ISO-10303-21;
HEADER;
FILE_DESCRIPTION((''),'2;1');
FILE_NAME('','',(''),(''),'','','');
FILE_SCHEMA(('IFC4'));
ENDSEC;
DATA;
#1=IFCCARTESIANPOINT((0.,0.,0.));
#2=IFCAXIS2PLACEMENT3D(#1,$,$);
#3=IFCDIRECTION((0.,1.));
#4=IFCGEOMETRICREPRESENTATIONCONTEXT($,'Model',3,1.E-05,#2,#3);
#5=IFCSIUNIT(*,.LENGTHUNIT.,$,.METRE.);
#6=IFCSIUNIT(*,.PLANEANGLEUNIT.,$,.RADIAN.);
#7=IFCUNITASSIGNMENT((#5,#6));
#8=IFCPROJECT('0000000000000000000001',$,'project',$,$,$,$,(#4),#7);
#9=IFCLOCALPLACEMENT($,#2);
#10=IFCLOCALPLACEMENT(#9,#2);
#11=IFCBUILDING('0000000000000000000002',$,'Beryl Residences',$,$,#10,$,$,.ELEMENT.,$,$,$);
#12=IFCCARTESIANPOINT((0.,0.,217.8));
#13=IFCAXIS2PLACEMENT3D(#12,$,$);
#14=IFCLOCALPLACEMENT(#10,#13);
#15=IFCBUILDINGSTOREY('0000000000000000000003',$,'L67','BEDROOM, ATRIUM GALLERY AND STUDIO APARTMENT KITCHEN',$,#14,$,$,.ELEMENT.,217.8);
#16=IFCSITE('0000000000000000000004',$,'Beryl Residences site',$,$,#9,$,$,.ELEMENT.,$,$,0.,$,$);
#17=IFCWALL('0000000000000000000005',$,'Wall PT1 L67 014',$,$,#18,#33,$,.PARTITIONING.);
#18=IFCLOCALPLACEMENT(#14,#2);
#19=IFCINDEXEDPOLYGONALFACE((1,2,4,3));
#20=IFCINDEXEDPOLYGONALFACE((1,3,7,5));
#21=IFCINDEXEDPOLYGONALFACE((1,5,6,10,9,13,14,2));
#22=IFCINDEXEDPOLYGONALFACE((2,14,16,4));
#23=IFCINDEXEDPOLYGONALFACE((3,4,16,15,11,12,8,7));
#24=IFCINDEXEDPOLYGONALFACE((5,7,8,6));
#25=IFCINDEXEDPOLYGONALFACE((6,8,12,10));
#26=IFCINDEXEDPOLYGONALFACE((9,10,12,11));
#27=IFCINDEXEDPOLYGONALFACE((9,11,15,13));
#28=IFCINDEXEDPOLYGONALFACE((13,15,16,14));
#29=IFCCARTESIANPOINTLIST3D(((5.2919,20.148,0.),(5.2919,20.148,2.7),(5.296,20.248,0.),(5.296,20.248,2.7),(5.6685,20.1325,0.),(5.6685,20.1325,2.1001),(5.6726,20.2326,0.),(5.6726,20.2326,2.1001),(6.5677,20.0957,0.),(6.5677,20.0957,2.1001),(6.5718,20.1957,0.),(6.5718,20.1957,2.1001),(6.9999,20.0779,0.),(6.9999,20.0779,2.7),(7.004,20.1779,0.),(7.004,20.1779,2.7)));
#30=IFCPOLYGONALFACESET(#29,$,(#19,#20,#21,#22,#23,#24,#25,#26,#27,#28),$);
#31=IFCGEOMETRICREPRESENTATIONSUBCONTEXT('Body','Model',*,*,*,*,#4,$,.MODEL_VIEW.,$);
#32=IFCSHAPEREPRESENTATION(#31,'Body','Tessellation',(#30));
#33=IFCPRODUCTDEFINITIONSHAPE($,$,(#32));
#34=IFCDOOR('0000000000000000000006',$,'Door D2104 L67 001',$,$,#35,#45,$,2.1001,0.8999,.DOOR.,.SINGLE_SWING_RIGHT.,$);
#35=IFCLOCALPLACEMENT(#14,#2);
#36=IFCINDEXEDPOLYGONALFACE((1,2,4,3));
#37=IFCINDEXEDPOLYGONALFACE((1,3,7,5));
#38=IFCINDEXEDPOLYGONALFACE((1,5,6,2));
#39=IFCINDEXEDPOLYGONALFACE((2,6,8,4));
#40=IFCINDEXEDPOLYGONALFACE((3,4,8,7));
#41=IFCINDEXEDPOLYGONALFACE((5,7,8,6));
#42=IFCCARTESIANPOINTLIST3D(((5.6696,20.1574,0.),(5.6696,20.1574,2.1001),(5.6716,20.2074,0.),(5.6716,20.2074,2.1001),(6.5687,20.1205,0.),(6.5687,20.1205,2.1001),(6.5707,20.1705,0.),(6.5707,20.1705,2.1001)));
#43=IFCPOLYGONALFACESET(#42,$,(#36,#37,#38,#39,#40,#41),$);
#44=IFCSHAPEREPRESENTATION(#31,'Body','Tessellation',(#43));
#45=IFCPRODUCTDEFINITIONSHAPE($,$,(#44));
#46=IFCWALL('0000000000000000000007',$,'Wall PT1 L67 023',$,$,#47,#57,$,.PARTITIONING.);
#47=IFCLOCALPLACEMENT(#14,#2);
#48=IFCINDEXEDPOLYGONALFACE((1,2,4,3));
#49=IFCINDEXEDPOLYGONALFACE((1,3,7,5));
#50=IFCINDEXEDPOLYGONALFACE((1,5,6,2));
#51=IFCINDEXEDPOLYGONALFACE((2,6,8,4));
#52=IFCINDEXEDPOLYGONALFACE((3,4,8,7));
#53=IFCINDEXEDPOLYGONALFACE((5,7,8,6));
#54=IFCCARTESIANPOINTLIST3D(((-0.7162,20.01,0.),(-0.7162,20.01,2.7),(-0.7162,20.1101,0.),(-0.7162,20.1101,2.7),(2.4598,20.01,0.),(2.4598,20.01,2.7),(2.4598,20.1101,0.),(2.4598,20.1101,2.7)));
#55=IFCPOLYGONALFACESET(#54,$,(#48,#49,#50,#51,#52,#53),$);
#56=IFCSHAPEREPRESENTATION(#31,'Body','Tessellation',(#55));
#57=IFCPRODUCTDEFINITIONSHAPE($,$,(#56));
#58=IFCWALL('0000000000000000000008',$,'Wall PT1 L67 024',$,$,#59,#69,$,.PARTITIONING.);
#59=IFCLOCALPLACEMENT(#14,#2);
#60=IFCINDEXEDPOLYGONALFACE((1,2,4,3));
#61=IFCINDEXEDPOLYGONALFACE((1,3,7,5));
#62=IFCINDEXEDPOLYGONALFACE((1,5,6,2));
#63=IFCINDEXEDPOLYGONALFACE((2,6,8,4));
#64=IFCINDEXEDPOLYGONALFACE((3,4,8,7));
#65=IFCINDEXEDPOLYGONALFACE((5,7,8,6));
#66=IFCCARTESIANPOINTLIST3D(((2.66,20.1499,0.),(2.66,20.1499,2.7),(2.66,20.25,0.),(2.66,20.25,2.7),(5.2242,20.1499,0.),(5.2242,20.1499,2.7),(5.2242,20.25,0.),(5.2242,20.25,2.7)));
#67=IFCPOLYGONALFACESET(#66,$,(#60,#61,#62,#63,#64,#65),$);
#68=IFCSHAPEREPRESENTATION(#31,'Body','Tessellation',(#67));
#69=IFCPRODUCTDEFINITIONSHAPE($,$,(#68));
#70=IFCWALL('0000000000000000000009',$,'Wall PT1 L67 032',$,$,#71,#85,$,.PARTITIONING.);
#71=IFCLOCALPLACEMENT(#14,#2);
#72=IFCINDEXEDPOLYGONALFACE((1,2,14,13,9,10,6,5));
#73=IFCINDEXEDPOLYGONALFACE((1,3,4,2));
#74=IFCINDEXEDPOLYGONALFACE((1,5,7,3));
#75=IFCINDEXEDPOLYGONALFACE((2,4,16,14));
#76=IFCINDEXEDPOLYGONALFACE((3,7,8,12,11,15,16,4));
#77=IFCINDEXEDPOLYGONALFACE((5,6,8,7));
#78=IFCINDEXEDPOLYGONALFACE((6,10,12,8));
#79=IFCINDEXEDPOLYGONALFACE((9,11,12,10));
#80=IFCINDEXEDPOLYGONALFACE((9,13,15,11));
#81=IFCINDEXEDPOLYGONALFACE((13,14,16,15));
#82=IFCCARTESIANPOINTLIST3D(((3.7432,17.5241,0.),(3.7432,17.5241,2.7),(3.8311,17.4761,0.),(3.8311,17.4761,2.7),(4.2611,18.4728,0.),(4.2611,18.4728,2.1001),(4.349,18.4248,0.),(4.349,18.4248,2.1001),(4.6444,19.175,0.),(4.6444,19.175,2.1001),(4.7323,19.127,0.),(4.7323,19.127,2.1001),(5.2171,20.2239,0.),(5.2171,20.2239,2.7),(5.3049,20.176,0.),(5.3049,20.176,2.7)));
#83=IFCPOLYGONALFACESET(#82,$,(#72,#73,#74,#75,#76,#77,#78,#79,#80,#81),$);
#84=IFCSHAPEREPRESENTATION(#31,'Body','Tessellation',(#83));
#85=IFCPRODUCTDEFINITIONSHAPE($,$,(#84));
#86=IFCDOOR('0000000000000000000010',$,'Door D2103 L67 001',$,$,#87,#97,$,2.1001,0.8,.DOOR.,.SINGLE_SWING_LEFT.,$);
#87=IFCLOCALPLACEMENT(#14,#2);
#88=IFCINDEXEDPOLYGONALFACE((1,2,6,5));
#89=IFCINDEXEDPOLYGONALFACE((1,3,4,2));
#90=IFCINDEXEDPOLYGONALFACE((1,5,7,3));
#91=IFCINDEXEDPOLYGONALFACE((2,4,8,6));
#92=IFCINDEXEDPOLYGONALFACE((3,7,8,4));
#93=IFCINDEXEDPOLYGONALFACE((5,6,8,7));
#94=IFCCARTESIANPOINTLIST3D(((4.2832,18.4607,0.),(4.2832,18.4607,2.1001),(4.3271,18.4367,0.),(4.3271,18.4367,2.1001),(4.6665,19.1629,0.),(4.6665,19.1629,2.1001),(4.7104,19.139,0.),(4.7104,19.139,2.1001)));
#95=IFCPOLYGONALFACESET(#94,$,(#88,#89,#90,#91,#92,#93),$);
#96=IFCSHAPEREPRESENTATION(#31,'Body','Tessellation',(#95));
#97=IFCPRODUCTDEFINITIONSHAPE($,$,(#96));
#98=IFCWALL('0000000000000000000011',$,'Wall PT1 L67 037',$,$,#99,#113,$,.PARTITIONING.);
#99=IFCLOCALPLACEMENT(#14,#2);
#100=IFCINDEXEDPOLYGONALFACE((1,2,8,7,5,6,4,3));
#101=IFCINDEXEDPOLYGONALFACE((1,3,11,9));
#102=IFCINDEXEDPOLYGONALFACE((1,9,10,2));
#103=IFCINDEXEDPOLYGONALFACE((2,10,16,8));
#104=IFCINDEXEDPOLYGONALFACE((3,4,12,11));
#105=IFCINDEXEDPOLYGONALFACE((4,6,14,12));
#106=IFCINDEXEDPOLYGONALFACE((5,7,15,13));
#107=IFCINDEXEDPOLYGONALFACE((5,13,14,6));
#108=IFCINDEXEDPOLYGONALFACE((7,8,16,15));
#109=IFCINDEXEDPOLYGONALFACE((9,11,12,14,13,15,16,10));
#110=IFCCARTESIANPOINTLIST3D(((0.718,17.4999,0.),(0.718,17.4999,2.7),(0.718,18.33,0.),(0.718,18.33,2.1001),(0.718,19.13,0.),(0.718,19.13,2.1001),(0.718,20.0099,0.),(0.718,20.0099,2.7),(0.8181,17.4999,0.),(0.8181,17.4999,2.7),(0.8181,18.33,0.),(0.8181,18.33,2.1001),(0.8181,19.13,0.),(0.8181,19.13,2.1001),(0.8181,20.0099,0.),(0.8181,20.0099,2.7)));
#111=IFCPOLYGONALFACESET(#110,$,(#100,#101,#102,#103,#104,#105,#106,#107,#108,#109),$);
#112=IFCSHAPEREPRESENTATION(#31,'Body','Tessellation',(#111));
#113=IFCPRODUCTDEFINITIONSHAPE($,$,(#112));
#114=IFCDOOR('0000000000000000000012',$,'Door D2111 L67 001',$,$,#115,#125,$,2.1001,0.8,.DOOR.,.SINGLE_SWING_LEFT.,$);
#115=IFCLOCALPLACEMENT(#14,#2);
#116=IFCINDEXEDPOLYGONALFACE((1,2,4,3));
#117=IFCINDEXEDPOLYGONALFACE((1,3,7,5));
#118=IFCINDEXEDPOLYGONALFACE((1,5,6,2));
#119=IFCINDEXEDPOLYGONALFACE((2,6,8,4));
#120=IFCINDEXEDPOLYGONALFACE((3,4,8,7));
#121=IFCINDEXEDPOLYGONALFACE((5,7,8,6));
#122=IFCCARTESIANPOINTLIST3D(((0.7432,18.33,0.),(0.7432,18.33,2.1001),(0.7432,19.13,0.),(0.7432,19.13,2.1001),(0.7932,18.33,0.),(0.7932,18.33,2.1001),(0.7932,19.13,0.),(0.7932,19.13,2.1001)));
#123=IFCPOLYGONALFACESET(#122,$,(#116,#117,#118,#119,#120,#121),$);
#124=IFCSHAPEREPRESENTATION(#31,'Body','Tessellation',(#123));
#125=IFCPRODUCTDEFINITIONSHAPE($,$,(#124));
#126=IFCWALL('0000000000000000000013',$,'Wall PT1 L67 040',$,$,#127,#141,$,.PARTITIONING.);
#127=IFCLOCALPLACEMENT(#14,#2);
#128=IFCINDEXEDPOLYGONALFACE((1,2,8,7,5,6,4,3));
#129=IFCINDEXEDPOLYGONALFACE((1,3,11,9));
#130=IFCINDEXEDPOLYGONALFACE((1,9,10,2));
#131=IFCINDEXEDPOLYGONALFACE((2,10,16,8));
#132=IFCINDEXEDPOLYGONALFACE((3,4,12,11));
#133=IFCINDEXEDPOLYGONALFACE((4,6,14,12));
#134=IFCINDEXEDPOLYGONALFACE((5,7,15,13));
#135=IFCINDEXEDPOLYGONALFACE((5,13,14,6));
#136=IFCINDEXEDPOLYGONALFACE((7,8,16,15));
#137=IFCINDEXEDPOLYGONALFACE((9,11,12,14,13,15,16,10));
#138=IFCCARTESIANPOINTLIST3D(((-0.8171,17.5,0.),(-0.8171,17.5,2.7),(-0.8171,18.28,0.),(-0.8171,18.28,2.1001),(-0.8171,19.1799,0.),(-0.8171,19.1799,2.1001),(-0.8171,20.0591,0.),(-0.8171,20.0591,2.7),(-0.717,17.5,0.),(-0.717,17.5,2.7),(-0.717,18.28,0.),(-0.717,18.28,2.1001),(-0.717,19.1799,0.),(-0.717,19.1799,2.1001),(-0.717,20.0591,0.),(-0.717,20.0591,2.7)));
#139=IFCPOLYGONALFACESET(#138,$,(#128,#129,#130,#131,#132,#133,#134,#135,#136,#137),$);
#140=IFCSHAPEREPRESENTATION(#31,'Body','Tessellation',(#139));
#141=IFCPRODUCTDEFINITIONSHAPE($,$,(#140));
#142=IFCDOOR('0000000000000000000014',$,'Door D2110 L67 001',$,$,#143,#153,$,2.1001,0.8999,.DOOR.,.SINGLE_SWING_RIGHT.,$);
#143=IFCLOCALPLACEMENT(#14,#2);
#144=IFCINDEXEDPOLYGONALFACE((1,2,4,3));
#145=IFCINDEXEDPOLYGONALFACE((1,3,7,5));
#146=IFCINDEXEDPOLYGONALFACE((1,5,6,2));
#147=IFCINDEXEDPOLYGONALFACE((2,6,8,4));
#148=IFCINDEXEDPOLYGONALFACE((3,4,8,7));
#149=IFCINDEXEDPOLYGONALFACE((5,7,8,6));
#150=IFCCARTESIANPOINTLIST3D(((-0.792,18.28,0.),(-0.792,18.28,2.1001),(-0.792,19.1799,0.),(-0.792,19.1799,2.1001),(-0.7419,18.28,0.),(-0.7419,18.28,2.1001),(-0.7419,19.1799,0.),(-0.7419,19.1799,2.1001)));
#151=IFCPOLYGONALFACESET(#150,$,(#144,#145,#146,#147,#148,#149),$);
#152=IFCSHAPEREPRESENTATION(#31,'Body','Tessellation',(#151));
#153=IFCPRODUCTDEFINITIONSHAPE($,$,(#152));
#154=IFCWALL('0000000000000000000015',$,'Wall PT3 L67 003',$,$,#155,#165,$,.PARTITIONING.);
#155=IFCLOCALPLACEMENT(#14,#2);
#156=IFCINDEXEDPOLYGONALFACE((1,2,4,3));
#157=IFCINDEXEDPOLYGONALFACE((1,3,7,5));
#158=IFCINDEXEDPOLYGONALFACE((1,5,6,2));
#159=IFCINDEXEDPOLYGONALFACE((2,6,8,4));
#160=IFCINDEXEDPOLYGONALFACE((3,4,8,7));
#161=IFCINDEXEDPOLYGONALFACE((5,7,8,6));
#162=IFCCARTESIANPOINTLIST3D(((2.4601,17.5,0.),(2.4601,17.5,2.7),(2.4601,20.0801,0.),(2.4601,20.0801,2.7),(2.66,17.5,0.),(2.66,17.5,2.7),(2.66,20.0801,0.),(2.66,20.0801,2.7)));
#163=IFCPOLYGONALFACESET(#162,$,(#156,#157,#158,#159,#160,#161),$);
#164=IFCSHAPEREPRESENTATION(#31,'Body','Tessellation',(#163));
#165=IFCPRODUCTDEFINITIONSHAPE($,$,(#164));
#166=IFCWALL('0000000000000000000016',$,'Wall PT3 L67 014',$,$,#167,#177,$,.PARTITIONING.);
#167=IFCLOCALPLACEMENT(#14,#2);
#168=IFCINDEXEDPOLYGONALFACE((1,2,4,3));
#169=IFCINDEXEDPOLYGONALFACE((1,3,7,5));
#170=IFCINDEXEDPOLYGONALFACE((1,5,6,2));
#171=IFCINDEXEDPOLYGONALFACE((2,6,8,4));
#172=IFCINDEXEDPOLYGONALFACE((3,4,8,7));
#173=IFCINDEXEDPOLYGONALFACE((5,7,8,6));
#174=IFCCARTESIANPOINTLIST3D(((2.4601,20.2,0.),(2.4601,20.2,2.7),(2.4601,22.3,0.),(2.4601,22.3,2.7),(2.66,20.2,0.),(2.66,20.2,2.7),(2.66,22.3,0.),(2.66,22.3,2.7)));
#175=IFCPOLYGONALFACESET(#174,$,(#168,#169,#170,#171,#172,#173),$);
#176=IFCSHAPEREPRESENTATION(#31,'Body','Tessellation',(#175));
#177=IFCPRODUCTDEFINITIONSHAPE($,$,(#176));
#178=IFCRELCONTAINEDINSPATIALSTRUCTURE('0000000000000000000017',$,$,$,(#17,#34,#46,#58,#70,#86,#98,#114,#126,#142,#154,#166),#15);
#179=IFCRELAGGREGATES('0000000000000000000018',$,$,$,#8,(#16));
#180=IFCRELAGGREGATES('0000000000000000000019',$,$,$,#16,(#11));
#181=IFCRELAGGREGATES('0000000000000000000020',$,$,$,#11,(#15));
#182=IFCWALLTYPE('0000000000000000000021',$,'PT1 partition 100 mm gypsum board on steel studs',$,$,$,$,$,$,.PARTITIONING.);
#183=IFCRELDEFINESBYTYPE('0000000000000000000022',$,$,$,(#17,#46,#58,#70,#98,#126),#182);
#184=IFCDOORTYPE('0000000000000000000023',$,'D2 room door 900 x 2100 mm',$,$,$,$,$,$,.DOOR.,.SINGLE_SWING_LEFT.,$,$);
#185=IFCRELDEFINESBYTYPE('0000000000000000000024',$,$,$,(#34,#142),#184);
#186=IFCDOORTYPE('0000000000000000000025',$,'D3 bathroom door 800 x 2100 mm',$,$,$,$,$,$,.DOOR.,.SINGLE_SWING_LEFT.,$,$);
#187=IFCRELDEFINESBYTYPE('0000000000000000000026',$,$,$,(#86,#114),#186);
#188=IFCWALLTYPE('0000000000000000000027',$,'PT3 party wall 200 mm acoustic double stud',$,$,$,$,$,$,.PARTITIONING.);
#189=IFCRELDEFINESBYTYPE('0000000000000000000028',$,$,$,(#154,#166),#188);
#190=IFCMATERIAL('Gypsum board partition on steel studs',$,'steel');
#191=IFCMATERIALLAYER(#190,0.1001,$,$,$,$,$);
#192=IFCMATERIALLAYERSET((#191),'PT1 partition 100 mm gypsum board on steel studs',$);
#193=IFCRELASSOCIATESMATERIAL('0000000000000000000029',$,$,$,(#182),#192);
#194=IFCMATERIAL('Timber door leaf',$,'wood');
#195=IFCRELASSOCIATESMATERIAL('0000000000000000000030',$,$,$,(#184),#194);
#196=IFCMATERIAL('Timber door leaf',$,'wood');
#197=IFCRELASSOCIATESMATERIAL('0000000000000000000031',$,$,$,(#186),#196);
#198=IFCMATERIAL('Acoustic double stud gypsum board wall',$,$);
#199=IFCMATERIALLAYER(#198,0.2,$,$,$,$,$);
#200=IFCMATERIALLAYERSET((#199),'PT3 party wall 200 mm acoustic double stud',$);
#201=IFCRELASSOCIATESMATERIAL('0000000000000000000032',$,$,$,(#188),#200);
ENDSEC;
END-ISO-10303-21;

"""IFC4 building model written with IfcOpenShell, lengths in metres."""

from ifc_helpers import new_model, si_unit, direction, frame, frame_2d, origin, place, context, subcontext, project, spatial, rectangle, extrude, material, layer, layer_set, type_object, element, fill, save


model = new_model("IFC4")

# Units and contexts
model_context = context("Model", 3, precision=1e-05, world=origin(), true_north=direction((0.0, 1.0)))
body_context = subcontext(model_context, "Body", "Model", "MODEL_VIEW")
ifc_project = project(units=[si_unit("LENGTHUNIT", "METRE"), si_unit("PLANEANGLEUNIT", "RADIAN")], contexts=[model_context])

# Site, building, storey
site_placement = place(None, origin())
site = spatial("IfcSite", under=ifc_project, at=site_placement, Name="Beryl Residences site", CompositionType="ELEMENT", RefElevation=0.0)
building_placement = place(site_placement, origin())
building = spatial("IfcBuilding", under=site, at=building_placement, Name="Beryl Residences", CompositionType="ELEMENT")
storey_placement = place(building_placement, frame((0.0, 0.0, 217.8)))
storey = spatial("IfcBuildingStorey", under=building, at=storey_placement, Name="L67", Description="BEDROOM, ATRIUM GALLERY AND STUDIO APARTMENT KITCHEN", CompositionType="ELEMENT", Elevation=217.8)

# Shared definitions
ifc_material_1 = material(Name="Gypsum board partition on steel studs", Category="steel")
ifc_layer_1 = layer(ifc_material_1, 0.1001)
ifc_layer_set_1 = layer_set([ifc_layer_1], Name="PT1 partition 100 mm gypsum board on steel studs")
wall_type_1 = type_object("IfcWallType", Name="PT1 partition 100 mm gypsum board on steel studs", PredefinedType="PARTITIONING", material=ifc_layer_set_1)

# Wall, opening, door
wall_1_placement = place(storey_placement, frame((5.2939, 20.198, 0.0), z_axis=(0.0, 0.0, 1.0), x_axis=(0.99916, -0.040989, 0.0)))
wall_1 = element("IfcWall", 1, at=wall_1_placement, inside=storey, type_object=wall_type_1, Name="Wall PT1 L67 014", PredefinedType="PARTITIONING", context=body_context, shape_type="SweptSolid", body=[
    extrude(rectangle(XDim=1.7095, YDim=0.1001, at=frame_2d((0.8547, 0.0))), origin(), (0.0, 0.0, 1.0), 2.7),
])
opening_1_placement = place(wall_1_placement, frame((0.377, 0.0, 0.0)))
opening_1 = element("IfcOpeningElement", 2, at=opening_1_placement, cuts=wall_1, PredefinedType="OPENING", context=body_context, shape_type="SweptSolid", body=[
    extrude(rectangle(XDim=0.8999, YDim=2.1001, at=frame_2d((0.45, 1.05))), frame((0.0, 0.0601, 0.0), z_axis=(0.0, -1.0, 0.0), x_axis=(1.0, 0.0, 0.0)), (0.0, 0.0, 1.0), 0.1201),
])
ifc_material_2 = material(Name="Timber door leaf", Category="wood")
door_type_1 = type_object("IfcDoorType", Name="D2 room door 900 x 2100 mm", OperationType="SINGLE_SWING_LEFT", PredefinedType="DOOR", material=ifc_material_2)
door_1_placement = place(opening_1_placement, origin())
door_1 = element("IfcDoor", 3, at=door_1_placement, inside=storey, type_object=door_type_1, Name="Door D2104 L67 001", OperationType="SINGLE_SWING_RIGHT", OverallHeight=2.1001, OverallWidth=0.8999, PredefinedType="DOOR", context=body_context, shape_type="SweptSolid", body=[
    extrude(rectangle(XDim=0.8999, YDim=2.1001, at=frame_2d((0.45, 1.05))), frame((0.0, 0.0249, 0.0), z_axis=(0.0, -1.0, 0.0), x_axis=(1.0, 0.0, 0.0)), (0.0, 0.0, 1.0), 0.05),
])
fill(opening_1, door_1)

# Walls
wall_2_placement = place(storey_placement, frame((-0.7161, 20.0601, 0.0), z_axis=(0.0, 0.0, 1.0), x_axis=(1.0, 0.0, 0.0)))
element("IfcWall", 4, at=wall_2_placement, inside=storey, type_object=wall_type_1, Name="Wall PT1 L67 023", PredefinedType="PARTITIONING", context=body_context, shape_type="SweptSolid", body=[
    extrude(rectangle(XDim=3.176, YDim=0.1001, at=frame_2d((1.5879, 0.0))), origin(), (0.0, 0.0, 1.0), 2.7),
])
wall_3_placement = place(storey_placement, frame((2.6599, 20.2, 0.0), z_axis=(0.0, 0.0, 1.0), x_axis=(1.0, 0.0, 0.0)))
element("IfcWall", 5, at=wall_3_placement, inside=storey, type_object=wall_type_1, Name="Wall PT1 L67 024", PredefinedType="PARTITIONING", context=body_context, shape_type="SweptSolid", body=[
    extrude(rectangle(XDim=2.5642, YDim=0.1001, at=frame_2d((1.2822, 0.0))), origin(), (0.0, 0.0, 1.0), 2.7),
])

# Walls, openings, doors
wall_4_placement = place(storey_placement, frame((3.7871, 17.5, 0.0), z_axis=(0.0, 0.0, 1.0), x_axis=(0.479147, 0.877735, 0.0)))
wall_4 = element("IfcWall", 6, at=wall_4_placement, inside=storey, type_object=wall_type_1, Name="Wall PT1 L67 032", PredefinedType="PARTITIONING", context=body_context, shape_type="SweptSolid", body=[
    extrude(rectangle(XDim=3.0759, YDim=0.1001, at=frame_2d((1.5381, 0.0))), origin(), (0.0, 0.0, 1.0), 2.7),
])
opening_2_placement = place(wall_4_placement, frame((1.0811, 0.0, 0.0)))
opening_2 = element("IfcOpeningElement", 7, at=opening_2_placement, cuts=wall_4, PredefinedType="OPENING", context=body_context, shape_type="SweptSolid", body=[
    extrude(rectangle(XDim=0.8, YDim=2.1001, at=frame_2d((0.3999, 1.05))), frame((0.0, 0.0601, 0.0), z_axis=(0.0, -1.0, 0.0), x_axis=(1.0, 0.0, 0.0)), (0.0, 0.0, 1.0), 0.1201),
])
ifc_material_3 = material(Name="Timber door leaf", Category="wood")
door_type_2 = type_object("IfcDoorType", Name="D3 bathroom door 800 x 2100 mm", OperationType="SINGLE_SWING_LEFT", PredefinedType="DOOR", material=ifc_material_3)
door_2_placement = place(opening_2_placement, origin())
door_2 = element("IfcDoor", 8, at=door_2_placement, inside=storey, type_object=door_type_2, Name="Door D2103 L67 001", OperationType="SINGLE_SWING_LEFT", OverallHeight=2.1001, OverallWidth=0.8, PredefinedType="DOOR", context=body_context, shape_type="SweptSolid", body=[
    extrude(rectangle(XDim=0.8, YDim=2.1001, at=frame_2d((0.3999, 1.05))), frame((0.0, 0.0249, 0.0), z_axis=(0.0, -1.0, 0.0), x_axis=(1.0, 0.0, 0.0)), (0.0, 0.0, 1.0), 0.05),
])
fill(opening_2, door_2)
wall_5_placement = place(storey_placement, frame((0.7681, 17.5, 0.0), z_axis=(0.0, 0.0, 1.0), x_axis=(0.0, 1.0, 0.0)))
wall_5 = element("IfcWall", 9, at=wall_5_placement, inside=storey, type_object=wall_type_1, Name="Wall PT1 L67 037", PredefinedType="PARTITIONING", context=body_context, shape_type="SweptSolid", body=[
    extrude(rectangle(XDim=2.51, YDim=0.1001, at=frame_2d((1.2549, 0.0))), origin(), (0.0, 0.0, 1.0), 2.7),
])
opening_3_placement = place(wall_5_placement, frame((0.8301, 0.0, 0.0)))
opening_3 = element("IfcOpeningElement", 10, at=opening_3_placement, cuts=wall_5, PredefinedType="OPENING", context=body_context, shape_type="SweptSolid", body=[
    extrude(rectangle(XDim=0.8, YDim=2.1001, at=frame_2d((0.3999, 1.05))), frame((0.0, 0.0601, 0.0), z_axis=(0.0, -1.0, 0.0), x_axis=(1.0, 0.0, 0.0)), (0.0, 0.0, 1.0), 0.1201),
])
door_3_placement = place(opening_3_placement, origin())
door_3 = element("IfcDoor", 11, at=door_3_placement, inside=storey, type_object=door_type_2, Name="Door D2111 L67 001", OperationType="SINGLE_SWING_LEFT", OverallHeight=2.1001, OverallWidth=0.8, PredefinedType="DOOR", context=body_context, shape_type="SweptSolid", body=[
    extrude(rectangle(XDim=0.8, YDim=2.1001, at=frame_2d((0.3999, 1.05))), frame((0.0, 0.0249, 0.0), z_axis=(0.0, -1.0, 0.0), x_axis=(1.0, 0.0, 0.0)), (0.0, 0.0, 1.0), 0.05),
])
fill(opening_3, door_3)
wall_6_placement = place(storey_placement, frame((-0.7671, 17.5, 0.0), z_axis=(0.0, 0.0, 1.0), x_axis=(0.0, 1.0, 0.0)))
wall_6 = element("IfcWall", 12, at=wall_6_placement, inside=storey, type_object=wall_type_1, Name="Wall PT1 L67 040", PredefinedType="PARTITIONING", context=body_context, shape_type="SweptSolid", body=[
    extrude(rectangle(XDim=2.5591, YDim=0.1001, at=frame_2d((1.2795, 0.0))), origin(), (0.0, 0.0, 1.0), 2.7),
])
opening_4_placement = place(wall_6_placement, frame((0.78, 0.0, 0.0)))
opening_4 = element("IfcOpeningElement", 13, at=opening_4_placement, cuts=wall_6, PredefinedType="OPENING", context=body_context, shape_type="SweptSolid", body=[
    extrude(rectangle(XDim=0.8999, YDim=2.1001, at=frame_2d((0.45, 1.05))), frame((0.0, 0.0601, 0.0), z_axis=(0.0, -1.0, 0.0), x_axis=(1.0, 0.0, 0.0)), (0.0, 0.0, 1.0), 0.1201),
])
door_4_placement = place(opening_4_placement, origin())
door_4 = element("IfcDoor", 14, at=door_4_placement, inside=storey, type_object=door_type_1, Name="Door D2110 L67 001", OperationType="SINGLE_SWING_RIGHT", OverallHeight=2.1001, OverallWidth=0.8999, PredefinedType="DOOR", context=body_context, shape_type="SweptSolid", body=[
    extrude(rectangle(XDim=0.8999, YDim=2.1001, at=frame_2d((0.45, 1.05))), frame((0.0, 0.0249, 0.0), z_axis=(0.0, -1.0, 0.0), x_axis=(1.0, 0.0, 0.0)), (0.0, 0.0, 1.0), 0.05),
])
fill(opening_4, door_4)

# Walls
ifc_material_4 = material(Name="Acoustic double stud gypsum board wall")
ifc_layer_2 = layer(ifc_material_4, 0.2)
ifc_layer_set_2 = layer_set([ifc_layer_2], Name="PT3 party wall 200 mm acoustic double stud")
wall_type_2 = type_object("IfcWallType", Name="PT3 party wall 200 mm acoustic double stud", PredefinedType="PARTITIONING", material=ifc_layer_set_2)
wall_7_placement = place(storey_placement, frame((2.5601, 20.0801, 0.0), z_axis=(0.0, 0.0, 1.0), x_axis=(0.0, -1.0, 0.0)))
element("IfcWall", 15, at=wall_7_placement, inside=storey, type_object=wall_type_2, Name="Wall PT3 L67 003", PredefinedType="PARTITIONING", context=body_context, shape_type="SweptSolid", body=[
    extrude(rectangle(XDim=2.5801, YDim=0.2, at=frame_2d((1.29, 0.0))), origin(), (0.0, 0.0, 1.0), 2.7),
])
wall_8_placement = place(storey_placement, frame((2.5601, 20.2, 0.0), z_axis=(0.0, 0.0, 1.0), x_axis=(0.0, 1.0, 0.0)))
element("IfcWall", 16, at=wall_8_placement, inside=storey, type_object=wall_type_2, Name="Wall PT3 L67 014", PredefinedType="PARTITIONING", context=body_context, shape_type="SweptSolid", body=[
    extrude(rectangle(XDim=2.1001, YDim=0.2, at=frame_2d((1.05, 0.0))), origin(), (0.0, 0.0, 1.0), 2.7),
])

save(model, "model.ifc")
